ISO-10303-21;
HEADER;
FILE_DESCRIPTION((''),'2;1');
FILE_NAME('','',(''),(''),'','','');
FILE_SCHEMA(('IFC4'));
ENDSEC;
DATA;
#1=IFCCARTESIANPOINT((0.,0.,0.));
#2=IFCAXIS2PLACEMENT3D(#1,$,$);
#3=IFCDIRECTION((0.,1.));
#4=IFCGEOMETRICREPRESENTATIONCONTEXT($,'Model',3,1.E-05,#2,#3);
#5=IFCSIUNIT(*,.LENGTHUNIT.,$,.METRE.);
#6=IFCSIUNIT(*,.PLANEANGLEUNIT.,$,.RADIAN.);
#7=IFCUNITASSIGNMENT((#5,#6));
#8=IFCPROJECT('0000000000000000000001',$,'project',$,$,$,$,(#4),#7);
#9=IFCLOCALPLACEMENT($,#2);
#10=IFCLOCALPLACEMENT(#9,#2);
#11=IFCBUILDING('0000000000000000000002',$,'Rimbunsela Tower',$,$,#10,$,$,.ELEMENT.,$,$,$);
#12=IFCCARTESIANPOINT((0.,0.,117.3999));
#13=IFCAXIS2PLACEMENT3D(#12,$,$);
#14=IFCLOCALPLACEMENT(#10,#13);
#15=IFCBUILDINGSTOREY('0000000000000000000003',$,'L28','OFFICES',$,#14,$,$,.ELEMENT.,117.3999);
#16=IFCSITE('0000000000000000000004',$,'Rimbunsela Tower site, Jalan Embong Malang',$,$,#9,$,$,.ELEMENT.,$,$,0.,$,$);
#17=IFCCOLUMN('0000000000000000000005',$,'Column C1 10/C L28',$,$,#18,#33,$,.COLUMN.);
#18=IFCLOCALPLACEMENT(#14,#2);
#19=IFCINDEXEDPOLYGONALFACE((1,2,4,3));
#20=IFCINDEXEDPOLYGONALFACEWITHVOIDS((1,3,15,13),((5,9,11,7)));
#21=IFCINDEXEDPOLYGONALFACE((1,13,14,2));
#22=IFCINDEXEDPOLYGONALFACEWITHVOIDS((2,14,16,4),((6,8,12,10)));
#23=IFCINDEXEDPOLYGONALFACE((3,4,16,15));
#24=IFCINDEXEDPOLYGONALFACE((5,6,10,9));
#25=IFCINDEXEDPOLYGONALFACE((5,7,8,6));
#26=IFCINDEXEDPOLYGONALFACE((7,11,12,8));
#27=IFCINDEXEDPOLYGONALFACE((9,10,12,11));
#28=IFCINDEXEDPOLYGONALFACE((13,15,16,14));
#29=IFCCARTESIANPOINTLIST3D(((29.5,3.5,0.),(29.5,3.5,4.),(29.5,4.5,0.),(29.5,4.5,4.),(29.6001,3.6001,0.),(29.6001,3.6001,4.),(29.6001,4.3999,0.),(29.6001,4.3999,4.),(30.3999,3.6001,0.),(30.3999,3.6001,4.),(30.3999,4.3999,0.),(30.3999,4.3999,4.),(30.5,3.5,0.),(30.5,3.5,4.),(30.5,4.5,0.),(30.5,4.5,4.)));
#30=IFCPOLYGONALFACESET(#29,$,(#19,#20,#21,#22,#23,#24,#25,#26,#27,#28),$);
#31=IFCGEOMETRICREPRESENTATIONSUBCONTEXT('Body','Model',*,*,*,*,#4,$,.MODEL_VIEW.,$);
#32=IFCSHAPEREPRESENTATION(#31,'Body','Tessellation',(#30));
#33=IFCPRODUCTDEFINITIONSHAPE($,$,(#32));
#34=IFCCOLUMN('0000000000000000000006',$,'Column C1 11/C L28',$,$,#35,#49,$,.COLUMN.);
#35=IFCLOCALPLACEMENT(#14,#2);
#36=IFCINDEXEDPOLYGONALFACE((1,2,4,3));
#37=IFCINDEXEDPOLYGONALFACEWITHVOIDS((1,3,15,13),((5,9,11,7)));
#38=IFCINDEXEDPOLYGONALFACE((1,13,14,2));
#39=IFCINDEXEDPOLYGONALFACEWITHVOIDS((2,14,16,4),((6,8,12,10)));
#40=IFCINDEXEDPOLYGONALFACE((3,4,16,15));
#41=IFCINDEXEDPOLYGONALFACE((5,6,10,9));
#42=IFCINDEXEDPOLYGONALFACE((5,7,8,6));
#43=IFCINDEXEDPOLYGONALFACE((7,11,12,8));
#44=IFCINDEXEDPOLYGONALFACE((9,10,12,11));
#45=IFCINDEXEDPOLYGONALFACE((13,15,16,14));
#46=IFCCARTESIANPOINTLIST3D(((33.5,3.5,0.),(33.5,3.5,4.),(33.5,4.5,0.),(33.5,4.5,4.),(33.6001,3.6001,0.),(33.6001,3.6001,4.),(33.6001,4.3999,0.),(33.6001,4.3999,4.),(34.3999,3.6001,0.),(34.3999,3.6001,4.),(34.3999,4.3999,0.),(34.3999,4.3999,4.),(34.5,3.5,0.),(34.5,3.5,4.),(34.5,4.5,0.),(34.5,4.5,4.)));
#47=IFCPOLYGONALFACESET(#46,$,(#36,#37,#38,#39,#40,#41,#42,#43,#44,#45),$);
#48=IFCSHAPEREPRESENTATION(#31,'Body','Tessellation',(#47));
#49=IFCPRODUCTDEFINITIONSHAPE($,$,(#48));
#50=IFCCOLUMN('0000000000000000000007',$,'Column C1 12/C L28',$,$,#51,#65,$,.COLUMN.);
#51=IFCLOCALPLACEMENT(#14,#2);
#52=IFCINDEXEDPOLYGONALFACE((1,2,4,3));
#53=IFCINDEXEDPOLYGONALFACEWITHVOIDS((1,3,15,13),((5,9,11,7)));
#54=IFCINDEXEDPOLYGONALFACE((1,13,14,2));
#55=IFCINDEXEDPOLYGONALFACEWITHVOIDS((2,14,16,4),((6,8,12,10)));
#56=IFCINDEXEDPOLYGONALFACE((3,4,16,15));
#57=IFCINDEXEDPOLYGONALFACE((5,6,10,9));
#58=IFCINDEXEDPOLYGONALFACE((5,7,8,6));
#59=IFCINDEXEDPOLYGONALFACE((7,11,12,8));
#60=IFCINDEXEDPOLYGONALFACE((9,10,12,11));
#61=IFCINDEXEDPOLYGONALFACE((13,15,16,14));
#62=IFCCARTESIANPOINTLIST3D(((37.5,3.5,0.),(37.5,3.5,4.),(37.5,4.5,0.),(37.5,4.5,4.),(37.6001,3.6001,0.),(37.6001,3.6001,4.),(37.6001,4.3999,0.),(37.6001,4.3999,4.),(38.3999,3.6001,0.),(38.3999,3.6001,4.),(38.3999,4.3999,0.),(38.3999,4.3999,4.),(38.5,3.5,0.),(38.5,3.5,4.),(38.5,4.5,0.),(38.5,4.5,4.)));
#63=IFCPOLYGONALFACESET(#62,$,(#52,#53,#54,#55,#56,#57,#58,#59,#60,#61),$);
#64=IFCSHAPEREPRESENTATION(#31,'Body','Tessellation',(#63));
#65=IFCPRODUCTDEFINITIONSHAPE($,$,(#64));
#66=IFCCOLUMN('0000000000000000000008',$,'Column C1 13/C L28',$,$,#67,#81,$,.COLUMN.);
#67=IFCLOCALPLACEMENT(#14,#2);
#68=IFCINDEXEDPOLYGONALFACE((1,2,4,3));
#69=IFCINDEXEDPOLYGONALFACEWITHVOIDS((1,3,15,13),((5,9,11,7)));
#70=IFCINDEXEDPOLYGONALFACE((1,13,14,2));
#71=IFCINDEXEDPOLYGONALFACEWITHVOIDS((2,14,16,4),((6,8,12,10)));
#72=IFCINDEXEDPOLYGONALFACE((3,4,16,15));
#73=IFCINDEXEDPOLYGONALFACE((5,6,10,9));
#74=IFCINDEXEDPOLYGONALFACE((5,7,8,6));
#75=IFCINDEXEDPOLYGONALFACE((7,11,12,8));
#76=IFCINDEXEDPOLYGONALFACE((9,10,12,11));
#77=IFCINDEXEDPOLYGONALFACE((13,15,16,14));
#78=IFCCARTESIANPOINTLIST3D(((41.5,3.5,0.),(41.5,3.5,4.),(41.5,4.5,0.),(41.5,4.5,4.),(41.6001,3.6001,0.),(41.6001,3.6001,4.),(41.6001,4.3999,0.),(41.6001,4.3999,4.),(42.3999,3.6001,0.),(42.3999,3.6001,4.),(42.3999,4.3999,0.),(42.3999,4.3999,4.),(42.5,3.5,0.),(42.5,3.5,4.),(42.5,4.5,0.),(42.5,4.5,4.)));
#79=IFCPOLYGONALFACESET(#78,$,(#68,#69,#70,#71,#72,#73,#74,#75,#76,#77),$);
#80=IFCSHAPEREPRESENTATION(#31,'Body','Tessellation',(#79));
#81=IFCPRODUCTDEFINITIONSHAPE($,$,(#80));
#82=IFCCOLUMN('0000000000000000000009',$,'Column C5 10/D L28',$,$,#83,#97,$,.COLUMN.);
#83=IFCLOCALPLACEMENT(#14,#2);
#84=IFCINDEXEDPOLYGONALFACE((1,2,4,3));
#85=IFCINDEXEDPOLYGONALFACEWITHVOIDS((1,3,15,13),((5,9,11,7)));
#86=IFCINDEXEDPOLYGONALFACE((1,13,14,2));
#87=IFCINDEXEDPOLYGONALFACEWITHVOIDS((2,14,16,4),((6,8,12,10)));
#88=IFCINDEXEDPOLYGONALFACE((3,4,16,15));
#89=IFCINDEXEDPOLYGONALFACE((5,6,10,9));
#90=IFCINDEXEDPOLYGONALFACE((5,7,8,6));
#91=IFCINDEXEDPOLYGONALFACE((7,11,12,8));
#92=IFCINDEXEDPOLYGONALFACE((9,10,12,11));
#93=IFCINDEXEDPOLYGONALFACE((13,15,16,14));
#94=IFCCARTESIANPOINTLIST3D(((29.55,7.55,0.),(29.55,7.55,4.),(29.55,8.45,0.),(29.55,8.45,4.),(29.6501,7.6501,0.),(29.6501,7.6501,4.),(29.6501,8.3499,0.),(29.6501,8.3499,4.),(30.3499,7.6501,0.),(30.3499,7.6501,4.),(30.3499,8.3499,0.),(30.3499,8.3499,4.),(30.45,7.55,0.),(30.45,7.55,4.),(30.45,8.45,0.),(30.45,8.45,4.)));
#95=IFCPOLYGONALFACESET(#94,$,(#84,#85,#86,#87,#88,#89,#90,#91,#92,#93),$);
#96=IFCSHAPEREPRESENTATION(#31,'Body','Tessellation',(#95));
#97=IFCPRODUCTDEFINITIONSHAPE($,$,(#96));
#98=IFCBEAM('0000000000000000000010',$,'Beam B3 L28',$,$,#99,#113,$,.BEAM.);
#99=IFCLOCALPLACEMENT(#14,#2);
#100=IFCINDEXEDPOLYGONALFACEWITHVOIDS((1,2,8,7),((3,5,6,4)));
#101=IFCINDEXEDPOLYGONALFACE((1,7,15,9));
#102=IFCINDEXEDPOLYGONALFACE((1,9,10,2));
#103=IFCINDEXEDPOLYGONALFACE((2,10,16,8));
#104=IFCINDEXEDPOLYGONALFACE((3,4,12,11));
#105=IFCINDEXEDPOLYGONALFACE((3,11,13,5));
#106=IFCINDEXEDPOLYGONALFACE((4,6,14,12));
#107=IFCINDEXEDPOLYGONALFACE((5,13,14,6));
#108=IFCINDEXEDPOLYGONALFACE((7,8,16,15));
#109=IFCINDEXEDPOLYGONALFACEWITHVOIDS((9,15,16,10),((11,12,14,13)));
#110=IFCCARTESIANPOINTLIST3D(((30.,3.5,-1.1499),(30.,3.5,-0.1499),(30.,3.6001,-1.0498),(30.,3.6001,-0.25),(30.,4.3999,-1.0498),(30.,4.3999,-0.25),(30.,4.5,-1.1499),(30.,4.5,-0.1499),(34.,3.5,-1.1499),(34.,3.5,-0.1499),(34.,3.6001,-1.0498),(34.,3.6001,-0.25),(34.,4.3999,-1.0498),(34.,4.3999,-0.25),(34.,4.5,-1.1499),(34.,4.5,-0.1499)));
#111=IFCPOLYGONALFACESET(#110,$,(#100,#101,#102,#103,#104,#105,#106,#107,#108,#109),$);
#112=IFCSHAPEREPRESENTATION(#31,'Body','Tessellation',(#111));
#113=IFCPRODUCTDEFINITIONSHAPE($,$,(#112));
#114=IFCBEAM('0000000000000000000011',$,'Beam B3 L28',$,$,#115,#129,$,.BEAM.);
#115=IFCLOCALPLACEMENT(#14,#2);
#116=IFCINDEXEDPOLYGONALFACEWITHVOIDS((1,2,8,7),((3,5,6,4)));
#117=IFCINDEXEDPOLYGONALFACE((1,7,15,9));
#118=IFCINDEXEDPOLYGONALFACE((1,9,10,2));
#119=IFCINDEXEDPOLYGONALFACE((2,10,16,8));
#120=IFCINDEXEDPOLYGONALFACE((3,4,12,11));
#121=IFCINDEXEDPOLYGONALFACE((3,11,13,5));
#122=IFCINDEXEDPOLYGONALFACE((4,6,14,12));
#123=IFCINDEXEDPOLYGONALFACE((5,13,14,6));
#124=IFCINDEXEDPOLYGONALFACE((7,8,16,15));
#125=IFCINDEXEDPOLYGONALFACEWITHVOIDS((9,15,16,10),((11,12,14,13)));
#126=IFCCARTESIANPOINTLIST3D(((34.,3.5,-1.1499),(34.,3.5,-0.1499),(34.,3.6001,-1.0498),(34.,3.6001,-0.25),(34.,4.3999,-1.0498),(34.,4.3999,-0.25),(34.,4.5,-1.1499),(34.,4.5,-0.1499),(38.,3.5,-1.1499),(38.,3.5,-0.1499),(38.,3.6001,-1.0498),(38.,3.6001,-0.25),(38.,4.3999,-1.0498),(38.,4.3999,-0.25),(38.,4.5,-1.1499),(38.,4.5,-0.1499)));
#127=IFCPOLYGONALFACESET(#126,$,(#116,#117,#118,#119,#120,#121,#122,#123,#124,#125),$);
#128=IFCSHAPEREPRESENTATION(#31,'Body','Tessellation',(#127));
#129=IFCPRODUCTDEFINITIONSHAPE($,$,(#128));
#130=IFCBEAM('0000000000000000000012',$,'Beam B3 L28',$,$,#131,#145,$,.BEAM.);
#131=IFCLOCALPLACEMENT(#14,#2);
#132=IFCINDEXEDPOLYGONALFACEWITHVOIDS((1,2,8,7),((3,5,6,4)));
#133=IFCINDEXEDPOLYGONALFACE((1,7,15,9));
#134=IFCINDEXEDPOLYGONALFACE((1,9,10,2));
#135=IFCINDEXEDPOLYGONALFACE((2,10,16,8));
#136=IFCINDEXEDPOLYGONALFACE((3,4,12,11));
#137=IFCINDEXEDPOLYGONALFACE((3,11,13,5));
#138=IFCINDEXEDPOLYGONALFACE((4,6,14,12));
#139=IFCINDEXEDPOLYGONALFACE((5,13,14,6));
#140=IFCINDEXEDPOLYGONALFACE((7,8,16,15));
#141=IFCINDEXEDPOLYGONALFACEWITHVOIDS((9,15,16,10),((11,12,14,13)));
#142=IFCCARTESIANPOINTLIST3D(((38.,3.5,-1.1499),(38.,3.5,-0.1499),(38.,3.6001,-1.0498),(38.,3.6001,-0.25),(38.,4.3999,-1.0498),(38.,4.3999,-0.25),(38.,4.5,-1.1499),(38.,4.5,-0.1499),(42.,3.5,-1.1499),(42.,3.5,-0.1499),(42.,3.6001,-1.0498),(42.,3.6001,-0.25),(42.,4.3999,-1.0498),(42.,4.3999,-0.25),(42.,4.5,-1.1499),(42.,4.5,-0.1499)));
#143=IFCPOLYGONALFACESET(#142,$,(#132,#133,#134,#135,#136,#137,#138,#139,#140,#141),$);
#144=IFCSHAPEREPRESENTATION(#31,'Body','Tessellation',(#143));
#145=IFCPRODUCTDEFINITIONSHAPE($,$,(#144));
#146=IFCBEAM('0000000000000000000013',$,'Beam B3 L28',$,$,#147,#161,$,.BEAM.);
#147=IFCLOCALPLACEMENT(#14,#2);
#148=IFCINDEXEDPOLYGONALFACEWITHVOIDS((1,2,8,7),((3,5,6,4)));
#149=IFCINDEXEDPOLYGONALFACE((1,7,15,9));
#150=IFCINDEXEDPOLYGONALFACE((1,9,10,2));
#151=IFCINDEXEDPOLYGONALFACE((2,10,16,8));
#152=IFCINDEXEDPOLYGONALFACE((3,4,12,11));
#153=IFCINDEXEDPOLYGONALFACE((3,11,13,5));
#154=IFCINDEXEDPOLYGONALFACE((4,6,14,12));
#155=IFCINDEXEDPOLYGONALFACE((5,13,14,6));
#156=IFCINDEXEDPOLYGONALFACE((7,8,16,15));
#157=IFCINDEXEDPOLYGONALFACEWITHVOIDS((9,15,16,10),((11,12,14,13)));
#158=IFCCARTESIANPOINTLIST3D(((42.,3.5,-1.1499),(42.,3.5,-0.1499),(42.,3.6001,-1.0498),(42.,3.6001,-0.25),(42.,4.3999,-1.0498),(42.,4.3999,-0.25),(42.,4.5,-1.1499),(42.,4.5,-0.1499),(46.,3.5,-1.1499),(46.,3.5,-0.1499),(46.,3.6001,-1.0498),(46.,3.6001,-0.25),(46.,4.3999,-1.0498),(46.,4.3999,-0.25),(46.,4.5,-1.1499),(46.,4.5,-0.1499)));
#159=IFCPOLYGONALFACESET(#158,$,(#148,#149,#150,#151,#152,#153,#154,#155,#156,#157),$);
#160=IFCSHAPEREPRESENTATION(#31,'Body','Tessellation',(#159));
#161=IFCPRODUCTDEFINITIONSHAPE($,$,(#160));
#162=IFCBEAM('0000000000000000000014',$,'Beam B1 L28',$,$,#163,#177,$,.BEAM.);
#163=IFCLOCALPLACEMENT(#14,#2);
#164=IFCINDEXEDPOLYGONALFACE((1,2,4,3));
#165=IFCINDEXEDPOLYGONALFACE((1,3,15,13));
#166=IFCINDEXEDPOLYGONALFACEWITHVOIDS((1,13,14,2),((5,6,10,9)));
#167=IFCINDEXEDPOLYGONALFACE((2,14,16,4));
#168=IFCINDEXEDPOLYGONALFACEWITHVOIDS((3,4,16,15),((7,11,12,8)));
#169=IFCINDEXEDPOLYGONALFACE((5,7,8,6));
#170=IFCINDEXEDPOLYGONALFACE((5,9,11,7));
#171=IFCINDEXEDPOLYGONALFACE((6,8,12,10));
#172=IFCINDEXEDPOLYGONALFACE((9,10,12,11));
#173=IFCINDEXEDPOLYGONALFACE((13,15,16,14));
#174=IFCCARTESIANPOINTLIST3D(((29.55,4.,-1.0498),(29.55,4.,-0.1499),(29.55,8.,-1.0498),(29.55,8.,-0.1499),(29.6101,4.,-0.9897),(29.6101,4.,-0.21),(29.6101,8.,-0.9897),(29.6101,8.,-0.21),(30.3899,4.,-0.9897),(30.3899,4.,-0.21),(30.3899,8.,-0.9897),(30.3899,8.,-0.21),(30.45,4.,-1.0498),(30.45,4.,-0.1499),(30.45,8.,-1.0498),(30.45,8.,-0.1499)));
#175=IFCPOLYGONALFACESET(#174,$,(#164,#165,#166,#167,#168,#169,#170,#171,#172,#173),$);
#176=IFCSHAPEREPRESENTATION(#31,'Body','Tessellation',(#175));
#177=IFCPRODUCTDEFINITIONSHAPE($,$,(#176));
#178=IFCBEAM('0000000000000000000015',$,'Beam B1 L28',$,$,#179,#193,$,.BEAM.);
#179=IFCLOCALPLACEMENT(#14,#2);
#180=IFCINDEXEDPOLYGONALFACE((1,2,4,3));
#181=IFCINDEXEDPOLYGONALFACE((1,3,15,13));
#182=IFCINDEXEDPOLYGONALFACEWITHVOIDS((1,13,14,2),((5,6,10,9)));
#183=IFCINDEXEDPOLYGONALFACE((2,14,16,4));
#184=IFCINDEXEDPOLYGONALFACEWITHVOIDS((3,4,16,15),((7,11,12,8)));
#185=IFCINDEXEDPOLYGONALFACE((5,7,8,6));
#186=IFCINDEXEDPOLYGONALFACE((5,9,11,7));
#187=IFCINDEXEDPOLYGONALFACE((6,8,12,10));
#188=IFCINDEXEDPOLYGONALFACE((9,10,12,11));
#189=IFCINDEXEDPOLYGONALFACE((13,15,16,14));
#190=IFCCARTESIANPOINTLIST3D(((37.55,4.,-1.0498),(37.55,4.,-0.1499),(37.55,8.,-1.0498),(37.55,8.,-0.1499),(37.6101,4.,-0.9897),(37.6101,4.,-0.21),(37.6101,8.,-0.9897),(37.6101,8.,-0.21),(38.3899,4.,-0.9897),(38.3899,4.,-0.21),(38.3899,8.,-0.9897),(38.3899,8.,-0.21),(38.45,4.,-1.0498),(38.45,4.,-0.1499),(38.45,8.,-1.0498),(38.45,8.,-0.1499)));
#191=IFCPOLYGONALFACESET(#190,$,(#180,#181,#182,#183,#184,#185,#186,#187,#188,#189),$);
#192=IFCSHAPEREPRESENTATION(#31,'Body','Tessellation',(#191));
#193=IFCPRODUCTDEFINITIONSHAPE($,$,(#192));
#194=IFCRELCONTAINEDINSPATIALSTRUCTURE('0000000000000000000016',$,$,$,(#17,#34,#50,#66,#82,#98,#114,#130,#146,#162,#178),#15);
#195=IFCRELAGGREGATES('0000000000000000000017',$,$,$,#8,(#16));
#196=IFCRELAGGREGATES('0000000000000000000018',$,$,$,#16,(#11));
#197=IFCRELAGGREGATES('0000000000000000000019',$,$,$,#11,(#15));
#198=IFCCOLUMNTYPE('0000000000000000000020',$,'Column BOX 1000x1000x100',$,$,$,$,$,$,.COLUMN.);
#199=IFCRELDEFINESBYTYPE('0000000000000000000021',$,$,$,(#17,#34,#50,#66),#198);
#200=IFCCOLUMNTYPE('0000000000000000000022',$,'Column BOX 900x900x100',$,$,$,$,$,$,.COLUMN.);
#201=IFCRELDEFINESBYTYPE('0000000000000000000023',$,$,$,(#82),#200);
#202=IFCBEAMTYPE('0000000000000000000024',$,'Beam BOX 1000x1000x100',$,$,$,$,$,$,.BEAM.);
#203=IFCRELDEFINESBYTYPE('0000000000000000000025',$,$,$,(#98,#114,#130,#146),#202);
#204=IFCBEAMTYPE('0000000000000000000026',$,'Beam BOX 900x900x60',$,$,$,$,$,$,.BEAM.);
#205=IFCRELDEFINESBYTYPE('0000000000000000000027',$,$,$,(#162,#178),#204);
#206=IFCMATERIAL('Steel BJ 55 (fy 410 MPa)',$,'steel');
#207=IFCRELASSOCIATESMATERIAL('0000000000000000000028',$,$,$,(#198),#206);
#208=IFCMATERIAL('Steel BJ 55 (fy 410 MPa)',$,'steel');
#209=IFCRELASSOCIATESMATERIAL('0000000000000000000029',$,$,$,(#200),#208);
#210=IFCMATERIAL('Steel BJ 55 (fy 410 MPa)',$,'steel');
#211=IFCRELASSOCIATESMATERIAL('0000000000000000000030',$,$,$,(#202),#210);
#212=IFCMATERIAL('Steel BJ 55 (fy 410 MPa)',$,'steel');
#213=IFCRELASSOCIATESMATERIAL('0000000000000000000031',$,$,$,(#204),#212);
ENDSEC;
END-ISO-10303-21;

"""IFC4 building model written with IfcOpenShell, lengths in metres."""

from ifc_helpers import new_model, si_unit, direction, frame, origin, origin_2d, place, context, subcontext, project, spatial, hollow_rectangle, extrude, material, material_profile, profile_set, type_object, element, save


model = new_model("IFC4")

# Units and contexts
model_context = context("Model", 3, precision=1e-05, world=origin(), true_north=direction((0.0, 1.0)))
body_context = subcontext(model_context, "Body", "Model", "MODEL_VIEW")
ifc_project = project(units=[si_unit("LENGTHUNIT", "METRE"), si_unit("PLANEANGLEUNIT", "RADIAN")], contexts=[model_context])

# Site, building, storey
site_placement = place(None, origin())
site = spatial("IfcSite", under=ifc_project, at=site_placement, Name="Rimbunsela Tower site, Jalan Embong Malang", CompositionType="ELEMENT", RefElevation=0.0)
building_placement = place(site_placement, origin())
building = spatial("IfcBuilding", under=site, at=building_placement, Name="Rimbunsela Tower", CompositionType="ELEMENT")
storey_placement = place(building_placement, frame((0.0, 0.0, 117.3999)))
storey = spatial("IfcBuildingStorey", under=building, at=storey_placement, Name="L28", Description="OFFICES", CompositionType="ELEMENT", Elevation=117.3999)

# Columns
ifc_material_1 = material(Name="Steel BJ 55 (fy 410 MPa)", Category="steel")
ifc_material_profile_1 = material_profile(ifc_material_1, hollow_rectangle(XDim=1.0, YDim=1.0, WallThickness=0.1001, at=origin_2d()), Name="BOX 1000x1000x100")
ifc_profile_set_1 = profile_set([ifc_material_profile_1], Name="Steel BJ 55 (fy 410 MPa)")
column_type_1 = type_object("IfcColumnType", Name="Column BOX 1000x1000x100", PredefinedType="COLUMN", material=ifc_profile_set_1)
for number, where, z_axis, x_axis, name in (
    (1, (30.0, 4.0, 0.0), (0.0, 0.0, 1.0), (1.0, 0.0, 0.0), "Column C1 10/C L28"),
    (2, (34.0, 4.0, 0.0), (0.0, 0.0, 1.0), (1.0, 0.0, 0.0), "Column C1 11/C L28"),
    (3, (38.0, 4.0, 0.0), (0.0, 0.0, 1.0), (1.0, 0.0, 0.0), "Column C1 12/C L28"),
    (4, (42.0, 4.0, 0.0), (0.0, 0.0, 1.0), (1.0, 0.0, 0.0), "Column C1 13/C L28"),
):
    element("IfcColumn", number, at=place(storey_placement, frame(where, z_axis=z_axis, x_axis=x_axis)), inside=storey, type_object=column_type_1, Name=name, PredefinedType="COLUMN", context=body_context, shape_type="SweptSolid", body=[
        extrude(hollow_rectangle(XDim=1.0, YDim=1.0, WallThickness=0.1001, at=origin_2d()), origin(), (0.0, 0.0, 1.0), 4.0),
    ])
ifc_material_2 = material(Name="Steel BJ 55 (fy 410 MPa)", Category="steel")
ifc_material_profile_2 = material_profile(ifc_material_2, hollow_rectangle(XDim=0.8999, YDim=0.8999, WallThickness=0.1001, at=origin_2d()), Name="BOX 900x900x100")
ifc_profile_set_2 = profile_set([ifc_material_profile_2], Name="Steel BJ 55 (fy 410 MPa)")
column_type_2 = type_object("IfcColumnType", Name="Column BOX 900x900x100", PredefinedType="COLUMN", material=ifc_profile_set_2)
column_placement = place(storey_placement, frame((30.0, 8.0, 0.0), z_axis=(0.0, 0.0, 1.0), x_axis=(1.0, 0.0, 0.0)))
element("IfcColumn", 5, at=column_placement, inside=storey, type_object=column_type_2, Name="Column C5 10/D L28", PredefinedType="COLUMN", context=body_context, shape_type="SweptSolid", body=[
    extrude(hollow_rectangle(XDim=0.8999, YDim=0.8999, WallThickness=0.1001, at=origin_2d()), origin(), (0.0, 0.0, 1.0), 4.0),
])

# Beams
ifc_material_3 = material(Name="Steel BJ 55 (fy 410 MPa)", Category="steel")
ifc_material_profile_3 = material_profile(ifc_material_3, hollow_rectangle(XDim=1.0, YDim=1.0, WallThickness=0.1001, at=origin_2d()), Name="BOX 1000x1000x100")
ifc_profile_set_3 = profile_set([ifc_material_profile_3], Name="Steel BJ 55 (fy 410 MPa)")
beam_type_1 = type_object("IfcBeamType", Name="Beam BOX 1000x1000x100", PredefinedType="BEAM", material=ifc_profile_set_3)
for number, where, z_axis, x_axis, name in (
    (6, (30.0, 4.0, -0.6499), (1.0, 0.0, 0.0), (0.0, 1.0, 0.0), "Beam B3 L28"),
    (7, (34.0, 4.0, -0.6499), (1.0, 0.0, 0.0), (0.0, 1.0, 0.0), "Beam B3 L28"),
    (8, (38.0, 4.0, -0.6499), (1.0, 0.0, 0.0), (0.0, 1.0, 0.0), "Beam B3 L28"),
    (9, (42.0, 4.0, -0.6499), (1.0, 0.0, 0.0), (0.0, 1.0, 0.0), "Beam B3 L28"),
):
    element("IfcBeam", number, at=place(storey_placement, frame(where, z_axis=z_axis, x_axis=x_axis)), inside=storey, type_object=beam_type_1, Name=name, PredefinedType="BEAM", context=body_context, shape_type="SweptSolid", body=[
        extrude(hollow_rectangle(XDim=1.0, YDim=1.0, WallThickness=0.1001, at=origin_2d()), origin(), (0.0, 0.0, 1.0), 4.0),
    ])
ifc_material_4 = material(Name="Steel BJ 55 (fy 410 MPa)", Category="steel")
ifc_material_profile_4 = material_profile(ifc_material_4, hollow_rectangle(XDim=0.8999, YDim=0.8999, WallThickness=0.0601, at=origin_2d()), Name="BOX 900x900x60")
ifc_profile_set_4 = profile_set([ifc_material_profile_4], Name="Steel BJ 55 (fy 410 MPa)")
beam_type_2 = type_object("IfcBeamType", Name="Beam BOX 900x900x60", PredefinedType="BEAM", material=ifc_profile_set_4)
for number, where, z_axis, x_axis, name in (
    (10, (30.0, 4.0, -0.5999), (0.0, 1.0, 0.0), (-1.0, 0.0, 0.0), "Beam B1 L28"),
    (11, (38.0, 4.0, -0.5999), (0.0, 1.0, 0.0), (-1.0, 0.0, 0.0), "Beam B1 L28"),
):
    element("IfcBeam", number, at=place(storey_placement, frame(where, z_axis=z_axis, x_axis=x_axis)), inside=storey, type_object=beam_type_2, Name=name, PredefinedType="BEAM", context=body_context, shape_type="SweptSolid", body=[
        extrude(hollow_rectangle(XDim=0.8999, YDim=0.8999, WallThickness=0.0601, at=origin_2d()), origin(), (0.0, 0.0, 1.0), 4.0),
    ])

save(model, "model.ifc")
